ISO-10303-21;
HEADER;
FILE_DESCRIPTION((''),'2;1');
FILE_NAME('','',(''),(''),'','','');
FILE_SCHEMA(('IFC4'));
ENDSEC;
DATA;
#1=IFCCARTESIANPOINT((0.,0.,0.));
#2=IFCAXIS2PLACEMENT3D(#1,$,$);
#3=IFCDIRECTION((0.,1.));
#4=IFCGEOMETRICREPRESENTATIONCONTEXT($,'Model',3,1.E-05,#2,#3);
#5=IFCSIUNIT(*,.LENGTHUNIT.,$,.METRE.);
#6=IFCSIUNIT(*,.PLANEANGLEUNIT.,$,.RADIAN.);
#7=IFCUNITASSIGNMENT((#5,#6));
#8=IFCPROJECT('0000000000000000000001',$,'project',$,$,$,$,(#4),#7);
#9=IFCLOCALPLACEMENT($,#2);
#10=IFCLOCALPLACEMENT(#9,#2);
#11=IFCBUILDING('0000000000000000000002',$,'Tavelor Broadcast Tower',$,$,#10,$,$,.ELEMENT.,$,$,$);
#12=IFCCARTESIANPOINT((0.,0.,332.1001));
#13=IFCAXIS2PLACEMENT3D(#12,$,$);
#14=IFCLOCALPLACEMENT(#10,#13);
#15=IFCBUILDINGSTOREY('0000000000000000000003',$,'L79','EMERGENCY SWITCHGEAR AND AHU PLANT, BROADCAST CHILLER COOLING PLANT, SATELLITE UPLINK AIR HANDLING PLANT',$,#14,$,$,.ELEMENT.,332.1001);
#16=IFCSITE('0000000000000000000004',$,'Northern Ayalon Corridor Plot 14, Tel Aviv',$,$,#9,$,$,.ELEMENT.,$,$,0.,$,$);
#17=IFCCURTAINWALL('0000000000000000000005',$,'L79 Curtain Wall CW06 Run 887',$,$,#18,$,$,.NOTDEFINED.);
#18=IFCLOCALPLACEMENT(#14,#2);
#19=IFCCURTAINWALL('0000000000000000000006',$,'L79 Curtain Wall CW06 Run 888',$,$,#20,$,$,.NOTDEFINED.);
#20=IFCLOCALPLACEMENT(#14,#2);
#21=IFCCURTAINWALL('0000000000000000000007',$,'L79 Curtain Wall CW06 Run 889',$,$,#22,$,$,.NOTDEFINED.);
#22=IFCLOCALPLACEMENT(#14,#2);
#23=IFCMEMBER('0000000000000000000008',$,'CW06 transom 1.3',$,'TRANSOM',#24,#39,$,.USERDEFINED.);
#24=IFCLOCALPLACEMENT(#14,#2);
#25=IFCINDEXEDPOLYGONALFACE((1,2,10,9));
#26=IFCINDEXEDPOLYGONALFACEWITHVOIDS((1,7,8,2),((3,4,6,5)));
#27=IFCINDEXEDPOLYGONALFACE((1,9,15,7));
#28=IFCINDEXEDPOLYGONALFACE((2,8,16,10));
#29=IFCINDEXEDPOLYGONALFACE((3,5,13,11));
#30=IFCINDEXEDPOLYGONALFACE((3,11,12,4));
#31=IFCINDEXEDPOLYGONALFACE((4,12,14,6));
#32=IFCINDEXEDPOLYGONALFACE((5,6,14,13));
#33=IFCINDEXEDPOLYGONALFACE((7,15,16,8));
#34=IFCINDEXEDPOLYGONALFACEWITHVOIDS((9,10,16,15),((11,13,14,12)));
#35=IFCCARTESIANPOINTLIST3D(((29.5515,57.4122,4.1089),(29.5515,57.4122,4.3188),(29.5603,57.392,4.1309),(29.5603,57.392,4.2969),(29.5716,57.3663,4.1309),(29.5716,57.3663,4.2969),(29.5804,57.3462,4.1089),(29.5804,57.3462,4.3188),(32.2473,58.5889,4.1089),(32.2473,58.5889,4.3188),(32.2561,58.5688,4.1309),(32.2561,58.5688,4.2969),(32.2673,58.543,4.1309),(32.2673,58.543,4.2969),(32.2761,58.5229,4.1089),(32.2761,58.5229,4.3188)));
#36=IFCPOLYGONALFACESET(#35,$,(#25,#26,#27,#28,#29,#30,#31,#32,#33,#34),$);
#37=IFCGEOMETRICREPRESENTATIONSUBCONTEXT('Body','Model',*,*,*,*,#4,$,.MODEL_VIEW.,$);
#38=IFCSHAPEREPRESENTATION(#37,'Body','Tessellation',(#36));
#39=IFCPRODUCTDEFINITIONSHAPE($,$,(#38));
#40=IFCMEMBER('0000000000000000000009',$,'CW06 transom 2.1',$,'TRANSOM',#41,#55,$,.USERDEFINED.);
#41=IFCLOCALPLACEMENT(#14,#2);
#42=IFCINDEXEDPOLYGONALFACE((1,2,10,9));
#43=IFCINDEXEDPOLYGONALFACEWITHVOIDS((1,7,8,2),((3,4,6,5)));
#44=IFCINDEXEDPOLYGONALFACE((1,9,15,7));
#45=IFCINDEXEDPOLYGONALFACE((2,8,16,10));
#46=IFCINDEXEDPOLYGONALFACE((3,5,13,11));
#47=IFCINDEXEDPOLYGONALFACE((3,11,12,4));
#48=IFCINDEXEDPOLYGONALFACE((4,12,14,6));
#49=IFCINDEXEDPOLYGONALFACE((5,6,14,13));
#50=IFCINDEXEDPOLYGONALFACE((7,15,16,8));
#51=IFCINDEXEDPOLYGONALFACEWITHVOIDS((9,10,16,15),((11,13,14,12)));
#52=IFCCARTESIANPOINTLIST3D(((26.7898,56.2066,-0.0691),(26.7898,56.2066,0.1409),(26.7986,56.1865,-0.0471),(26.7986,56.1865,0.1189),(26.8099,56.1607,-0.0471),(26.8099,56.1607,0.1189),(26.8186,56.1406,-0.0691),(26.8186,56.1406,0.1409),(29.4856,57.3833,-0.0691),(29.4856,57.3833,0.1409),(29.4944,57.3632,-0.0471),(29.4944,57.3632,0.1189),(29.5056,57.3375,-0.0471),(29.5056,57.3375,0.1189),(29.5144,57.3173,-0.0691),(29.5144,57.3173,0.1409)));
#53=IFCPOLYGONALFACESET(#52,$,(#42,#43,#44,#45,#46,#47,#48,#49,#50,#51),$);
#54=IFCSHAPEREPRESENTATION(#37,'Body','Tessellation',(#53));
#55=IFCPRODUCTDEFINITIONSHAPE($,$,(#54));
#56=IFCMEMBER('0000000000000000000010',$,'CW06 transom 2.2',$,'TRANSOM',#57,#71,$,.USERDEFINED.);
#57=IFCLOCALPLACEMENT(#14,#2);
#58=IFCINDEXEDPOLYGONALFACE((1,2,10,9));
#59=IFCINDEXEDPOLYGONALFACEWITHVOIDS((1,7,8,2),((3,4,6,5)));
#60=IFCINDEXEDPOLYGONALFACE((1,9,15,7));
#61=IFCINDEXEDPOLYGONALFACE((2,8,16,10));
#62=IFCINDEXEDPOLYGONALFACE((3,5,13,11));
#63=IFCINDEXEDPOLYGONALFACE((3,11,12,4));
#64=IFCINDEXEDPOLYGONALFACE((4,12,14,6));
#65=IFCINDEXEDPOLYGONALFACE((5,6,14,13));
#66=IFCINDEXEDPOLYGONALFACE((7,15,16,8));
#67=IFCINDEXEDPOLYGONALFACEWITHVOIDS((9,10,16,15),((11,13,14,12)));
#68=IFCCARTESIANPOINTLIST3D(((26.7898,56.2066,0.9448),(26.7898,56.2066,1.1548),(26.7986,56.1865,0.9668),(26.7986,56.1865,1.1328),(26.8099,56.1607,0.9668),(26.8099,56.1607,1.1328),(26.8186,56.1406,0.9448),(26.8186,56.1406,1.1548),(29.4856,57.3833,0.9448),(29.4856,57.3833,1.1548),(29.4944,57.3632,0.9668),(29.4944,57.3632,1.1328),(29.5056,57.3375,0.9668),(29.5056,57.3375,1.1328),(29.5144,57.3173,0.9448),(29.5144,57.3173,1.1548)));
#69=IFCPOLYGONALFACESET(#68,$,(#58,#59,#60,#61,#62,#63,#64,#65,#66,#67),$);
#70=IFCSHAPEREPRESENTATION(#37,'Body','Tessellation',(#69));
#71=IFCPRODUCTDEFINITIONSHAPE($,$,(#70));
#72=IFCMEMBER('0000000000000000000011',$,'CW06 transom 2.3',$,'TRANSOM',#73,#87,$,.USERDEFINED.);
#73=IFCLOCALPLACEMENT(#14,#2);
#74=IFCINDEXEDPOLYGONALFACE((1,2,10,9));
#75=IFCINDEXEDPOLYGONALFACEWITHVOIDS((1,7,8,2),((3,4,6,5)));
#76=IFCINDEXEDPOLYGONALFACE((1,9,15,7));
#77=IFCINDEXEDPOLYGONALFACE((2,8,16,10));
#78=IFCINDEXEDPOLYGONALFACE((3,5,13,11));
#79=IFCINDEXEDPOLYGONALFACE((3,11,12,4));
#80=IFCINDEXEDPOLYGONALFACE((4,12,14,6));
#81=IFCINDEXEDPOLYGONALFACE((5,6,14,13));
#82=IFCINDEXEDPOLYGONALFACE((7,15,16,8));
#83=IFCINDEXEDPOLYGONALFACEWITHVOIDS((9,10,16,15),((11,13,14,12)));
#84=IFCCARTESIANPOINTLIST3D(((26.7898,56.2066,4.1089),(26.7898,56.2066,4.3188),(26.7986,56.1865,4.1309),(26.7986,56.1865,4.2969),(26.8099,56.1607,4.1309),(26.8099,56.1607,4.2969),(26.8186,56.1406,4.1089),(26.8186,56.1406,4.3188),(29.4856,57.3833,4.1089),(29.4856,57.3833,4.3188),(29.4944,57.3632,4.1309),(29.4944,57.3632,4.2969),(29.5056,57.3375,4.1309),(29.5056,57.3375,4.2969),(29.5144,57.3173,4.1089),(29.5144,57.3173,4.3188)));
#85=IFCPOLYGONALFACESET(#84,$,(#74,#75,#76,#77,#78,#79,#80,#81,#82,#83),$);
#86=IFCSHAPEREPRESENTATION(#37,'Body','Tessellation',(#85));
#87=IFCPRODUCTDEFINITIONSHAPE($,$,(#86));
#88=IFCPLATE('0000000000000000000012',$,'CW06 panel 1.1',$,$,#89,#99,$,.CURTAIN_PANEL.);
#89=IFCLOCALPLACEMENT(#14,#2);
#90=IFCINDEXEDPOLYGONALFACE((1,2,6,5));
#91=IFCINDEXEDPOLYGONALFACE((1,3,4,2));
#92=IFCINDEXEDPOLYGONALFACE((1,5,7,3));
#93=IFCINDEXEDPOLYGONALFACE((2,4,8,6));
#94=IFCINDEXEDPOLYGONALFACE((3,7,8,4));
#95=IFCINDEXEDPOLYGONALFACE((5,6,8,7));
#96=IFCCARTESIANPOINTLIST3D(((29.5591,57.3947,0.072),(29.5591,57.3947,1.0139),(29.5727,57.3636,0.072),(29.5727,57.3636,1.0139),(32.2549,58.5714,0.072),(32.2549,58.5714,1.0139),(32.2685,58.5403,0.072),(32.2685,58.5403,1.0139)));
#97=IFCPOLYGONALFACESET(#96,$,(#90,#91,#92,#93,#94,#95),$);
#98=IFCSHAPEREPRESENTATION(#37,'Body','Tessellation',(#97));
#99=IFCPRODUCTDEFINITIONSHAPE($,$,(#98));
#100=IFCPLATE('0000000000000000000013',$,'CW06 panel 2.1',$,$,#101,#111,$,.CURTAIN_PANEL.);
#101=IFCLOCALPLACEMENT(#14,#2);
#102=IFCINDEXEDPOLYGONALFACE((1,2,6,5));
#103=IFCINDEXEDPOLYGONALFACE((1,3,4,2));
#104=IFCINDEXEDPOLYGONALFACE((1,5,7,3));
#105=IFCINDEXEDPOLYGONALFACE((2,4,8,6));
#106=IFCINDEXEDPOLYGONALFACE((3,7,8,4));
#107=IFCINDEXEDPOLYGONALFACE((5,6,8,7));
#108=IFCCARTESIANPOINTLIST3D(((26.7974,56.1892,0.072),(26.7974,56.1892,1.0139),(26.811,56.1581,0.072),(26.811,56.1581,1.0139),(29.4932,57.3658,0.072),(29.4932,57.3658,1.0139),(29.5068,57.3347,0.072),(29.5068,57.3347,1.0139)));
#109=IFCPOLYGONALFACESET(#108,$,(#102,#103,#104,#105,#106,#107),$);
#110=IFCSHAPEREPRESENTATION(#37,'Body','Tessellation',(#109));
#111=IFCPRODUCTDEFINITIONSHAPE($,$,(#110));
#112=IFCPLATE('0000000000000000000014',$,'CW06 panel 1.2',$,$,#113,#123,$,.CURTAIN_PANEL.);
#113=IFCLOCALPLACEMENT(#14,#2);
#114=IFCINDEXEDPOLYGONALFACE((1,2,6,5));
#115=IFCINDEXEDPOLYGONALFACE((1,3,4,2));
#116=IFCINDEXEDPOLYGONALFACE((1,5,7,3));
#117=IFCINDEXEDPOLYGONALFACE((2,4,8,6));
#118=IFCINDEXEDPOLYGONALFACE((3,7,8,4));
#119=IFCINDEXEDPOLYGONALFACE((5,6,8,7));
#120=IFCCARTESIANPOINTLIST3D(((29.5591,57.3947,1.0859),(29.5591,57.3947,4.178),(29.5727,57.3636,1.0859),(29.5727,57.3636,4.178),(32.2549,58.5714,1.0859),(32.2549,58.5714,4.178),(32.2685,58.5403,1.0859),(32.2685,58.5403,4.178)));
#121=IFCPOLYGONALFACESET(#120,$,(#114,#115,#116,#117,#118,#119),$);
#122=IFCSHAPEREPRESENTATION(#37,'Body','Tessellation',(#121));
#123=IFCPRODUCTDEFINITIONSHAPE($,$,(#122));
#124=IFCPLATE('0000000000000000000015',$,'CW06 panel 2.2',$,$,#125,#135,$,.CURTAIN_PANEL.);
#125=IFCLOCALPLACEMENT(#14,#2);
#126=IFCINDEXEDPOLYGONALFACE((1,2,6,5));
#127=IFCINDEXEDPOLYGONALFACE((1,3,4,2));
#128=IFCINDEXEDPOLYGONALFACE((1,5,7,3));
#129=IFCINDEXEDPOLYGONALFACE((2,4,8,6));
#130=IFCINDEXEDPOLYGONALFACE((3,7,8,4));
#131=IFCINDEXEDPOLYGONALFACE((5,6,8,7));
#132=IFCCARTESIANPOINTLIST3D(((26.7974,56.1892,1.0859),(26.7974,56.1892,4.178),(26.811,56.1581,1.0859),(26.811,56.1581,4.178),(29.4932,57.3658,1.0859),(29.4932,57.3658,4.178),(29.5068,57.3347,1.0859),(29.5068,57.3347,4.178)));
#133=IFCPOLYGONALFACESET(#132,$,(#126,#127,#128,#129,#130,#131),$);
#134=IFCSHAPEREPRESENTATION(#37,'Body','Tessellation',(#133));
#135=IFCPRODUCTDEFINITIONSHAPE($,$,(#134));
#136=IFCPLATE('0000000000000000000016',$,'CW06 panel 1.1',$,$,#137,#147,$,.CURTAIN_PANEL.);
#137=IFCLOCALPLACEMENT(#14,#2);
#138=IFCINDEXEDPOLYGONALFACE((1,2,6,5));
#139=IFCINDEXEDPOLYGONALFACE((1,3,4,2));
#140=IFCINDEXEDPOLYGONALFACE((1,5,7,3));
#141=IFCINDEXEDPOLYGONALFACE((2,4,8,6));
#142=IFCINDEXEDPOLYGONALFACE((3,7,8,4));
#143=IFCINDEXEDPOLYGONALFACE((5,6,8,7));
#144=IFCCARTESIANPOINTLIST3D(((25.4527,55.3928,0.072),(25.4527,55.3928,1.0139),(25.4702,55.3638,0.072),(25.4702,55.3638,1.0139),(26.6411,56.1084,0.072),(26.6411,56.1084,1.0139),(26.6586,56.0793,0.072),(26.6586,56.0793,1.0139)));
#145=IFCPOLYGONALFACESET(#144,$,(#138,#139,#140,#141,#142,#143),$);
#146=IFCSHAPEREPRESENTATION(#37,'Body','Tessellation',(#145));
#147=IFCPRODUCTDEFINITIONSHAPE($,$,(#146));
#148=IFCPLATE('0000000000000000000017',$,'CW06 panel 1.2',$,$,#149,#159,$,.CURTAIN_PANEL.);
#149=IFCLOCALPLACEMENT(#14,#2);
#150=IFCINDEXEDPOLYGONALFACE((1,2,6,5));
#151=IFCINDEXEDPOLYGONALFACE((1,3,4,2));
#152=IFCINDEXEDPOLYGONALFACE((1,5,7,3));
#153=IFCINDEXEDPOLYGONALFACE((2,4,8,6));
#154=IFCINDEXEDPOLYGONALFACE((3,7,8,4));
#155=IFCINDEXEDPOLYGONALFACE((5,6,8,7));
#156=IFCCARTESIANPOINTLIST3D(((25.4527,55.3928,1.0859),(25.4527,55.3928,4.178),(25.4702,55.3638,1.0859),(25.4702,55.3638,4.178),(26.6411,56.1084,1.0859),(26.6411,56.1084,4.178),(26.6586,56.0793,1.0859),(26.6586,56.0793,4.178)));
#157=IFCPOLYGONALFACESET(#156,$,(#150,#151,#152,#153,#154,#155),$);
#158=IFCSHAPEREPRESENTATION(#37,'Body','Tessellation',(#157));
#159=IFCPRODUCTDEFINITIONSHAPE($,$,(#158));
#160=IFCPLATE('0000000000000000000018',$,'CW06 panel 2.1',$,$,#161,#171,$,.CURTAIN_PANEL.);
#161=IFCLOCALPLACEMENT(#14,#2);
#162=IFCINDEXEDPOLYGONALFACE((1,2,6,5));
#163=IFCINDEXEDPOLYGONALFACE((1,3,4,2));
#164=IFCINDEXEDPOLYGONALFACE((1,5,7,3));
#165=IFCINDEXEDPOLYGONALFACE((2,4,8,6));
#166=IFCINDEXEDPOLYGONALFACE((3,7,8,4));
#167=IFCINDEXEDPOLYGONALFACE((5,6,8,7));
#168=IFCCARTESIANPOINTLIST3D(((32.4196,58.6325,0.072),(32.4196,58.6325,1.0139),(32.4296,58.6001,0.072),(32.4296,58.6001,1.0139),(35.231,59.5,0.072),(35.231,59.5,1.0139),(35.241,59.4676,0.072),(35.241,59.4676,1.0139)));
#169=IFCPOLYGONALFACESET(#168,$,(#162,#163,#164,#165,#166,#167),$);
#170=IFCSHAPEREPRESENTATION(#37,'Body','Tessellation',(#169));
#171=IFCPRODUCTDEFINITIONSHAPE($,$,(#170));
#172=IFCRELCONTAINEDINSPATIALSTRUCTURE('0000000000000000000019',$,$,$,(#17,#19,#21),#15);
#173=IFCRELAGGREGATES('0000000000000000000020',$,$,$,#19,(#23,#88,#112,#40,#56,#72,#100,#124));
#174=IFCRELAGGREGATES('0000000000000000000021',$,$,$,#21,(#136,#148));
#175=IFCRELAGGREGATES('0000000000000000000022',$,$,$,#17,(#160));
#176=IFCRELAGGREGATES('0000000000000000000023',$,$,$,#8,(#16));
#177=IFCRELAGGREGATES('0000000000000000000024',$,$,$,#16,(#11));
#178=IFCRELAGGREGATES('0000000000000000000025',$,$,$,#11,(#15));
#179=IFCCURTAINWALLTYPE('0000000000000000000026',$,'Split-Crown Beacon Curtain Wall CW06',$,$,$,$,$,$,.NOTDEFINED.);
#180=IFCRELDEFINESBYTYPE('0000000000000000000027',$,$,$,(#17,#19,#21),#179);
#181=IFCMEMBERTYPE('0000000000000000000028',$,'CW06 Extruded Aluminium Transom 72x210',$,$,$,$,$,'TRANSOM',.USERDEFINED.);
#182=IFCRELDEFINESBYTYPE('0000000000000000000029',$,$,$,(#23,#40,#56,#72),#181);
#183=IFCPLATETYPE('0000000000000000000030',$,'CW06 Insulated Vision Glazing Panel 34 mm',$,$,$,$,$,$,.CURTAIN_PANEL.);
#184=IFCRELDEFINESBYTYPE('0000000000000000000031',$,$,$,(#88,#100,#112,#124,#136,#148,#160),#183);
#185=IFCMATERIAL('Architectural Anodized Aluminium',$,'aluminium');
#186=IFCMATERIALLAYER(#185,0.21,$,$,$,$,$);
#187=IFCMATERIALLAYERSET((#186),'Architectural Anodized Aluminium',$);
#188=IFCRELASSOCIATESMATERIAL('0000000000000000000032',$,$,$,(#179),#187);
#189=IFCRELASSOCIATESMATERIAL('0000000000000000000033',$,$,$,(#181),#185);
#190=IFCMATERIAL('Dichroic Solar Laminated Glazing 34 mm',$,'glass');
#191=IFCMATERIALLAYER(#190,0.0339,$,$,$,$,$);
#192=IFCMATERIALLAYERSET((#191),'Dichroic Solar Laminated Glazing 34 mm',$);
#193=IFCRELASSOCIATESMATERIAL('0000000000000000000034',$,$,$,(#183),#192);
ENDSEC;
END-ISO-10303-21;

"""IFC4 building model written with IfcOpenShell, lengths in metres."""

from ifc_helpers import new_model, si_unit, direction, frame, origin, origin_2d, place, context, subcontext, project, spatial, rectangle, hollow_rectangle, extrude, source, transform, mapped, material, layer, layer_set, material_profile, profile_set, type_object, type_shapes, element, aggregate, save


model = new_model("IFC4")

# Units and contexts
model_context = context("Model", 3, precision=1e-05, world=origin(), true_north=direction((0.0, 1.0)))
body_context = subcontext(model_context, "Body", "Model", "MODEL_VIEW")
ifc_project = project(units=[si_unit("LENGTHUNIT", "METRE"), si_unit("PLANEANGLEUNIT", "RADIAN")], contexts=[model_context])

# Site, building, storey
site_placement = place(None, origin())
site = spatial("IfcSite", under=ifc_project, at=site_placement, Name="Northern Ayalon Corridor Plot 14, Tel Aviv", CompositionType="ELEMENT", RefElevation=0.0)
building_placement = place(site_placement, origin())
building = spatial("IfcBuilding", under=site, at=building_placement, Name="Tavelor Broadcast Tower", CompositionType="ELEMENT")
storey_placement = place(building_placement, frame((0.0, 0.0, 332.1001)))
storey = spatial("IfcBuildingStorey", under=building, at=storey_placement, Name="L79", Description="EMERGENCY SWITCHGEAR AND AHU PLANT, BROADCAST CHILLER COOLING PLANT, SATELLITE UPLINK AIR HANDLING PLANT", CompositionType="ELEMENT", Elevation=332.1001)

# Curtain wall
ifc_material_1 = material(Name="Architectural Anodized Aluminium", Category="aluminium")
ifc_layer_1 = layer(ifc_material_1, 0.21)
ifc_layer_set_1 = layer_set([ifc_layer_1], Name="Architectural Anodized Aluminium")
curtain_wall_type = type_object("IfcCurtainWallType", Name="Split-Crown Beacon Curtain Wall CW06", PredefinedType="NOTDEFINED", material=ifc_layer_set_1)
curtain_wall_1_placement = place(storey_placement, origin())
curtain_wall_1 = element("IfcCurtainWall", 1, at=curtain_wall_1_placement, inside=storey, type_object=curtain_wall_type, Name="L79 Curtain Wall CW06 Run 887", PredefinedType="NOTDEFINED")

# Curtain walls
curtain_wall_2_placement = place(storey_placement, origin())
curtain_wall_2 = element("IfcCurtainWall", 2, at=curtain_wall_2_placement, inside=storey, type_object=curtain_wall_type, Name="L79 Curtain Wall CW06 Run 888", PredefinedType="NOTDEFINED")
curtain_wall_3_placement = place(storey_placement, origin())
curtain_wall_3 = element("IfcCurtainWall", 3, at=curtain_wall_3_placement, inside=storey, type_object=curtain_wall_type, Name="L79 Curtain Wall CW06 Run 889", PredefinedType="NOTDEFINED")
ifc_material_profile_1 = material_profile(ifc_material_1, hollow_rectangle(XDim=0.072, YDim=0.21, WallThickness=0.022, at=origin_2d()), Name="RHS 72x210x22")
ifc_profile_set_1 = profile_set([ifc_material_profile_1], Name="Architectural Anodized Aluminium")
member_type_1 = type_object("IfcMemberType", Name="CW06 Extruded Aluminium Transom 72x210", ElementType="TRANSOM", PredefinedType="USERDEFINED", material=ifc_profile_set_1)

# Members
shared_shape_1 = source(origin(), body_context, "Body", "SweptSolid", [
    extrude(hollow_rectangle(XDim=0.072, YDim=0.21, WallThickness=0.022, at=origin_2d()), origin(), (0.0, 0.0, 1.0), 2.9414),
])
member_1_placement = place(storey_placement, frame((32.2617, 58.5559, 4.2139), z_axis=(-0.916488, -0.400061, 0.0), x_axis=(0.400061, -0.916488, 0.0)))
member_1 = element("IfcMember", 4, at=member_1_placement, type_object=member_type_1, Name="CW06 transom 1.3", ObjectType="TRANSOM", PredefinedType="USERDEFINED", context=body_context, shape_type="MappedRepresentation", body=[
    mapped(shared_shape_1, transform((0.0, 0.0, 0.0), scale=1.0)),
])
member_2_placement = place(storey_placement, frame((29.5, 57.3503, 0.0359), z_axis=(-0.916488, -0.400061, 0.0), x_axis=(0.400061, -0.916488, 0.0)))
member_2 = element("IfcMember", 5, at=member_2_placement, type_object=member_type_1, Name="CW06 transom 2.1", ObjectType="TRANSOM", PredefinedType="USERDEFINED", context=body_context, shape_type="MappedRepresentation", body=[
    mapped(shared_shape_1, transform((0.0, 0.0, 0.0), scale=1.0)),
])
member_3_placement = place(storey_placement, frame((29.5, 57.3503, 1.0498), z_axis=(-0.916488, -0.400061, 0.0), x_axis=(0.400061, -0.916488, 0.0)))
member_3 = element("IfcMember", 6, at=member_3_placement, type_object=member_type_1, Name="CW06 transom 2.2", ObjectType="TRANSOM", PredefinedType="USERDEFINED", context=body_context, shape_type="MappedRepresentation", body=[
    mapped(shared_shape_1, transform((0.0, 0.0, 0.0), scale=1.0)),
])
member_4_placement = place(storey_placement, frame((29.5, 57.3503, 4.2139), z_axis=(-0.916488, -0.400061, 0.0), x_axis=(0.400061, -0.916488, 0.0)))
member_4 = element("IfcMember", 7, at=member_4_placement, type_object=member_type_1, Name="CW06 transom 2.3", ObjectType="TRANSOM", PredefinedType="USERDEFINED", context=body_context, shape_type="MappedRepresentation", body=[
    mapped(shared_shape_1, transform((0.0, 0.0, 0.0), scale=1.0)),
])

# Plates
ifc_material_2 = material(Name="Dichroic Solar Laminated Glazing 34 mm", Category="glass")
ifc_layer_2 = layer(ifc_material_2, 0.0339)
ifc_layer_set_2 = layer_set([ifc_layer_2], Name="Dichroic Solar Laminated Glazing 34 mm")
plate_type = type_object("IfcPlateType", Name="CW06 Insulated Vision Glazing Panel 34 mm", PredefinedType="CURTAIN_PANEL", material=ifc_layer_set_2)
shared_shape_2 = source(origin(), body_context, "Body", "SweptSolid", [
    extrude(rectangle(XDim=2.9414, YDim=0.0339, at=origin_2d()), origin(), (0.0, 0.0, 1.0), 0.9419),
])
plate_1_placement = place(storey_placement, frame((30.9138, 57.9675, 0.072), z_axis=(0.0, 0.0, 1.0), x_axis=(-0.9165, -0.400035, 0.0)))
plate_1 = element("IfcPlate", 8, at=plate_1_placement, type_object=plate_type, Name="CW06 panel 1.1", PredefinedType="CURTAIN_PANEL", context=body_context, shape_type="MappedRepresentation", body=[
    mapped(shared_shape_2, transform((0.0, 0.0, 0.0), scale=1.0)),
])
plate_2_placement = place(storey_placement, frame((28.1521, 56.762, 0.072), z_axis=(0.0, 0.0, 1.0), x_axis=(-0.9165, -0.400035, 0.0)))
plate_2 = element("IfcPlate", 9, at=plate_2_placement, type_object=plate_type, Name="CW06 panel 2.1", PredefinedType="CURTAIN_PANEL", context=body_context, shape_type="MappedRepresentation", body=[
    mapped(shared_shape_2, transform((0.0, 0.0, 0.0), scale=1.0)),
])
shared_shape_3 = source(origin(), body_context, "Body", "SweptSolid", [
    extrude(rectangle(XDim=2.9414, YDim=0.0339, at=origin_2d()), origin(), (0.0, 0.0, 1.0), 3.092),
])
plate_3_placement = place(storey_placement, frame((30.9138, 57.9675, 1.0859), z_axis=(0.0, 0.0, 1.0), x_axis=(-0.9165, -0.400035, 0.0)))
plate_3 = element("IfcPlate", 10, at=plate_3_placement, type_object=plate_type, Name="CW06 panel 1.2", PredefinedType="CURTAIN_PANEL", context=body_context, shape_type="MappedRepresentation", body=[
    mapped(shared_shape_3, transform((0.0, 0.0, 0.0), scale=1.0)),
])
plate_4_placement = place(storey_placement, frame((28.1521, 56.762, 1.0859), z_axis=(0.0, 0.0, 1.0), x_axis=(-0.9165, -0.400035, 0.0)))
plate_4 = element("IfcPlate", 11, at=plate_4_placement, type_object=plate_type, Name="CW06 panel 2.2", PredefinedType="CURTAIN_PANEL", context=body_context, shape_type="MappedRepresentation", body=[
    mapped(shared_shape_3, transform((0.0, 0.0, 0.0), scale=1.0)),
])
aggregate(curtain_wall_2, [member_1, plate_1, plate_3, member_2, member_3, member_4, plate_2, plate_4])
shared_shape_4 = source(origin(), body_context, "Body", "SweptSolid", [
    extrude(rectangle(XDim=1.3872, YDim=0.0339, at=origin_2d()), origin(), (0.0, 0.0, 1.0), 0.9419),
])
plate_5_placement = place(storey_placement, frame((26.0557, 55.7361, 0.072), z_axis=(0.0, 0.0, 1.0), x_axis=(-0.856691, -0.51583, 0.0)))
plate_5 = element("IfcPlate", 12, at=plate_5_placement, type_object=plate_type, Name="CW06 panel 1.1", PredefinedType="CURTAIN_PANEL", context=body_context, shape_type="MappedRepresentation", body=[
    mapped(shared_shape_4, transform((0.0, 0.0, 0.0), scale=1.0)),
])
shared_shape_5 = source(origin(), body_context, "Body", "SweptSolid", [
    extrude(rectangle(XDim=1.3872, YDim=0.0339, at=origin_2d()), origin(), (0.0, 0.0, 1.0), 3.092),
])
plate_6_placement = place(storey_placement, frame((26.0557, 55.7361, 1.0859), z_axis=(0.0, 0.0, 1.0), x_axis=(-0.856691, -0.51583, 0.0)))
plate_6 = element("IfcPlate", 13, at=plate_6_placement, type_object=plate_type, Name="CW06 panel 1.2", PredefinedType="CURTAIN_PANEL", context=body_context, shape_type="MappedRepresentation", body=[
    mapped(shared_shape_5, transform((0.0, 0.0, 0.0), scale=1.0)),
])
aggregate(curtain_wall_3, [plate_5, plate_6])
shared_shape_6 = source(origin(), body_context, "Body", "SweptSolid", [
    extrude(rectangle(XDim=2.9421, YDim=0.0339, at=origin_2d()), origin(), (0.0, 0.0, 1.0), 0.9419),
])
type_shapes(plate_type, [shared_shape_2, shared_shape_3, shared_shape_4, shared_shape_5, shared_shape_6])
plate_7_placement = place(storey_placement, frame((33.8303, 59.05, 0.072), z_axis=(0.0, 0.0, 1.0), x_axis=(-0.955547, -0.294839, 0.0)))
plate_7 = element("IfcPlate", 14, at=plate_7_placement, type_object=plate_type, Name="CW06 panel 2.1", PredefinedType="CURTAIN_PANEL", context=body_context, shape_type="MappedRepresentation", body=[
    mapped(shared_shape_6, transform((0.0, 0.0, 0.0), scale=1.0)),
])
aggregate(curtain_wall_1, [plate_7])

save(model, "model.ifc")
